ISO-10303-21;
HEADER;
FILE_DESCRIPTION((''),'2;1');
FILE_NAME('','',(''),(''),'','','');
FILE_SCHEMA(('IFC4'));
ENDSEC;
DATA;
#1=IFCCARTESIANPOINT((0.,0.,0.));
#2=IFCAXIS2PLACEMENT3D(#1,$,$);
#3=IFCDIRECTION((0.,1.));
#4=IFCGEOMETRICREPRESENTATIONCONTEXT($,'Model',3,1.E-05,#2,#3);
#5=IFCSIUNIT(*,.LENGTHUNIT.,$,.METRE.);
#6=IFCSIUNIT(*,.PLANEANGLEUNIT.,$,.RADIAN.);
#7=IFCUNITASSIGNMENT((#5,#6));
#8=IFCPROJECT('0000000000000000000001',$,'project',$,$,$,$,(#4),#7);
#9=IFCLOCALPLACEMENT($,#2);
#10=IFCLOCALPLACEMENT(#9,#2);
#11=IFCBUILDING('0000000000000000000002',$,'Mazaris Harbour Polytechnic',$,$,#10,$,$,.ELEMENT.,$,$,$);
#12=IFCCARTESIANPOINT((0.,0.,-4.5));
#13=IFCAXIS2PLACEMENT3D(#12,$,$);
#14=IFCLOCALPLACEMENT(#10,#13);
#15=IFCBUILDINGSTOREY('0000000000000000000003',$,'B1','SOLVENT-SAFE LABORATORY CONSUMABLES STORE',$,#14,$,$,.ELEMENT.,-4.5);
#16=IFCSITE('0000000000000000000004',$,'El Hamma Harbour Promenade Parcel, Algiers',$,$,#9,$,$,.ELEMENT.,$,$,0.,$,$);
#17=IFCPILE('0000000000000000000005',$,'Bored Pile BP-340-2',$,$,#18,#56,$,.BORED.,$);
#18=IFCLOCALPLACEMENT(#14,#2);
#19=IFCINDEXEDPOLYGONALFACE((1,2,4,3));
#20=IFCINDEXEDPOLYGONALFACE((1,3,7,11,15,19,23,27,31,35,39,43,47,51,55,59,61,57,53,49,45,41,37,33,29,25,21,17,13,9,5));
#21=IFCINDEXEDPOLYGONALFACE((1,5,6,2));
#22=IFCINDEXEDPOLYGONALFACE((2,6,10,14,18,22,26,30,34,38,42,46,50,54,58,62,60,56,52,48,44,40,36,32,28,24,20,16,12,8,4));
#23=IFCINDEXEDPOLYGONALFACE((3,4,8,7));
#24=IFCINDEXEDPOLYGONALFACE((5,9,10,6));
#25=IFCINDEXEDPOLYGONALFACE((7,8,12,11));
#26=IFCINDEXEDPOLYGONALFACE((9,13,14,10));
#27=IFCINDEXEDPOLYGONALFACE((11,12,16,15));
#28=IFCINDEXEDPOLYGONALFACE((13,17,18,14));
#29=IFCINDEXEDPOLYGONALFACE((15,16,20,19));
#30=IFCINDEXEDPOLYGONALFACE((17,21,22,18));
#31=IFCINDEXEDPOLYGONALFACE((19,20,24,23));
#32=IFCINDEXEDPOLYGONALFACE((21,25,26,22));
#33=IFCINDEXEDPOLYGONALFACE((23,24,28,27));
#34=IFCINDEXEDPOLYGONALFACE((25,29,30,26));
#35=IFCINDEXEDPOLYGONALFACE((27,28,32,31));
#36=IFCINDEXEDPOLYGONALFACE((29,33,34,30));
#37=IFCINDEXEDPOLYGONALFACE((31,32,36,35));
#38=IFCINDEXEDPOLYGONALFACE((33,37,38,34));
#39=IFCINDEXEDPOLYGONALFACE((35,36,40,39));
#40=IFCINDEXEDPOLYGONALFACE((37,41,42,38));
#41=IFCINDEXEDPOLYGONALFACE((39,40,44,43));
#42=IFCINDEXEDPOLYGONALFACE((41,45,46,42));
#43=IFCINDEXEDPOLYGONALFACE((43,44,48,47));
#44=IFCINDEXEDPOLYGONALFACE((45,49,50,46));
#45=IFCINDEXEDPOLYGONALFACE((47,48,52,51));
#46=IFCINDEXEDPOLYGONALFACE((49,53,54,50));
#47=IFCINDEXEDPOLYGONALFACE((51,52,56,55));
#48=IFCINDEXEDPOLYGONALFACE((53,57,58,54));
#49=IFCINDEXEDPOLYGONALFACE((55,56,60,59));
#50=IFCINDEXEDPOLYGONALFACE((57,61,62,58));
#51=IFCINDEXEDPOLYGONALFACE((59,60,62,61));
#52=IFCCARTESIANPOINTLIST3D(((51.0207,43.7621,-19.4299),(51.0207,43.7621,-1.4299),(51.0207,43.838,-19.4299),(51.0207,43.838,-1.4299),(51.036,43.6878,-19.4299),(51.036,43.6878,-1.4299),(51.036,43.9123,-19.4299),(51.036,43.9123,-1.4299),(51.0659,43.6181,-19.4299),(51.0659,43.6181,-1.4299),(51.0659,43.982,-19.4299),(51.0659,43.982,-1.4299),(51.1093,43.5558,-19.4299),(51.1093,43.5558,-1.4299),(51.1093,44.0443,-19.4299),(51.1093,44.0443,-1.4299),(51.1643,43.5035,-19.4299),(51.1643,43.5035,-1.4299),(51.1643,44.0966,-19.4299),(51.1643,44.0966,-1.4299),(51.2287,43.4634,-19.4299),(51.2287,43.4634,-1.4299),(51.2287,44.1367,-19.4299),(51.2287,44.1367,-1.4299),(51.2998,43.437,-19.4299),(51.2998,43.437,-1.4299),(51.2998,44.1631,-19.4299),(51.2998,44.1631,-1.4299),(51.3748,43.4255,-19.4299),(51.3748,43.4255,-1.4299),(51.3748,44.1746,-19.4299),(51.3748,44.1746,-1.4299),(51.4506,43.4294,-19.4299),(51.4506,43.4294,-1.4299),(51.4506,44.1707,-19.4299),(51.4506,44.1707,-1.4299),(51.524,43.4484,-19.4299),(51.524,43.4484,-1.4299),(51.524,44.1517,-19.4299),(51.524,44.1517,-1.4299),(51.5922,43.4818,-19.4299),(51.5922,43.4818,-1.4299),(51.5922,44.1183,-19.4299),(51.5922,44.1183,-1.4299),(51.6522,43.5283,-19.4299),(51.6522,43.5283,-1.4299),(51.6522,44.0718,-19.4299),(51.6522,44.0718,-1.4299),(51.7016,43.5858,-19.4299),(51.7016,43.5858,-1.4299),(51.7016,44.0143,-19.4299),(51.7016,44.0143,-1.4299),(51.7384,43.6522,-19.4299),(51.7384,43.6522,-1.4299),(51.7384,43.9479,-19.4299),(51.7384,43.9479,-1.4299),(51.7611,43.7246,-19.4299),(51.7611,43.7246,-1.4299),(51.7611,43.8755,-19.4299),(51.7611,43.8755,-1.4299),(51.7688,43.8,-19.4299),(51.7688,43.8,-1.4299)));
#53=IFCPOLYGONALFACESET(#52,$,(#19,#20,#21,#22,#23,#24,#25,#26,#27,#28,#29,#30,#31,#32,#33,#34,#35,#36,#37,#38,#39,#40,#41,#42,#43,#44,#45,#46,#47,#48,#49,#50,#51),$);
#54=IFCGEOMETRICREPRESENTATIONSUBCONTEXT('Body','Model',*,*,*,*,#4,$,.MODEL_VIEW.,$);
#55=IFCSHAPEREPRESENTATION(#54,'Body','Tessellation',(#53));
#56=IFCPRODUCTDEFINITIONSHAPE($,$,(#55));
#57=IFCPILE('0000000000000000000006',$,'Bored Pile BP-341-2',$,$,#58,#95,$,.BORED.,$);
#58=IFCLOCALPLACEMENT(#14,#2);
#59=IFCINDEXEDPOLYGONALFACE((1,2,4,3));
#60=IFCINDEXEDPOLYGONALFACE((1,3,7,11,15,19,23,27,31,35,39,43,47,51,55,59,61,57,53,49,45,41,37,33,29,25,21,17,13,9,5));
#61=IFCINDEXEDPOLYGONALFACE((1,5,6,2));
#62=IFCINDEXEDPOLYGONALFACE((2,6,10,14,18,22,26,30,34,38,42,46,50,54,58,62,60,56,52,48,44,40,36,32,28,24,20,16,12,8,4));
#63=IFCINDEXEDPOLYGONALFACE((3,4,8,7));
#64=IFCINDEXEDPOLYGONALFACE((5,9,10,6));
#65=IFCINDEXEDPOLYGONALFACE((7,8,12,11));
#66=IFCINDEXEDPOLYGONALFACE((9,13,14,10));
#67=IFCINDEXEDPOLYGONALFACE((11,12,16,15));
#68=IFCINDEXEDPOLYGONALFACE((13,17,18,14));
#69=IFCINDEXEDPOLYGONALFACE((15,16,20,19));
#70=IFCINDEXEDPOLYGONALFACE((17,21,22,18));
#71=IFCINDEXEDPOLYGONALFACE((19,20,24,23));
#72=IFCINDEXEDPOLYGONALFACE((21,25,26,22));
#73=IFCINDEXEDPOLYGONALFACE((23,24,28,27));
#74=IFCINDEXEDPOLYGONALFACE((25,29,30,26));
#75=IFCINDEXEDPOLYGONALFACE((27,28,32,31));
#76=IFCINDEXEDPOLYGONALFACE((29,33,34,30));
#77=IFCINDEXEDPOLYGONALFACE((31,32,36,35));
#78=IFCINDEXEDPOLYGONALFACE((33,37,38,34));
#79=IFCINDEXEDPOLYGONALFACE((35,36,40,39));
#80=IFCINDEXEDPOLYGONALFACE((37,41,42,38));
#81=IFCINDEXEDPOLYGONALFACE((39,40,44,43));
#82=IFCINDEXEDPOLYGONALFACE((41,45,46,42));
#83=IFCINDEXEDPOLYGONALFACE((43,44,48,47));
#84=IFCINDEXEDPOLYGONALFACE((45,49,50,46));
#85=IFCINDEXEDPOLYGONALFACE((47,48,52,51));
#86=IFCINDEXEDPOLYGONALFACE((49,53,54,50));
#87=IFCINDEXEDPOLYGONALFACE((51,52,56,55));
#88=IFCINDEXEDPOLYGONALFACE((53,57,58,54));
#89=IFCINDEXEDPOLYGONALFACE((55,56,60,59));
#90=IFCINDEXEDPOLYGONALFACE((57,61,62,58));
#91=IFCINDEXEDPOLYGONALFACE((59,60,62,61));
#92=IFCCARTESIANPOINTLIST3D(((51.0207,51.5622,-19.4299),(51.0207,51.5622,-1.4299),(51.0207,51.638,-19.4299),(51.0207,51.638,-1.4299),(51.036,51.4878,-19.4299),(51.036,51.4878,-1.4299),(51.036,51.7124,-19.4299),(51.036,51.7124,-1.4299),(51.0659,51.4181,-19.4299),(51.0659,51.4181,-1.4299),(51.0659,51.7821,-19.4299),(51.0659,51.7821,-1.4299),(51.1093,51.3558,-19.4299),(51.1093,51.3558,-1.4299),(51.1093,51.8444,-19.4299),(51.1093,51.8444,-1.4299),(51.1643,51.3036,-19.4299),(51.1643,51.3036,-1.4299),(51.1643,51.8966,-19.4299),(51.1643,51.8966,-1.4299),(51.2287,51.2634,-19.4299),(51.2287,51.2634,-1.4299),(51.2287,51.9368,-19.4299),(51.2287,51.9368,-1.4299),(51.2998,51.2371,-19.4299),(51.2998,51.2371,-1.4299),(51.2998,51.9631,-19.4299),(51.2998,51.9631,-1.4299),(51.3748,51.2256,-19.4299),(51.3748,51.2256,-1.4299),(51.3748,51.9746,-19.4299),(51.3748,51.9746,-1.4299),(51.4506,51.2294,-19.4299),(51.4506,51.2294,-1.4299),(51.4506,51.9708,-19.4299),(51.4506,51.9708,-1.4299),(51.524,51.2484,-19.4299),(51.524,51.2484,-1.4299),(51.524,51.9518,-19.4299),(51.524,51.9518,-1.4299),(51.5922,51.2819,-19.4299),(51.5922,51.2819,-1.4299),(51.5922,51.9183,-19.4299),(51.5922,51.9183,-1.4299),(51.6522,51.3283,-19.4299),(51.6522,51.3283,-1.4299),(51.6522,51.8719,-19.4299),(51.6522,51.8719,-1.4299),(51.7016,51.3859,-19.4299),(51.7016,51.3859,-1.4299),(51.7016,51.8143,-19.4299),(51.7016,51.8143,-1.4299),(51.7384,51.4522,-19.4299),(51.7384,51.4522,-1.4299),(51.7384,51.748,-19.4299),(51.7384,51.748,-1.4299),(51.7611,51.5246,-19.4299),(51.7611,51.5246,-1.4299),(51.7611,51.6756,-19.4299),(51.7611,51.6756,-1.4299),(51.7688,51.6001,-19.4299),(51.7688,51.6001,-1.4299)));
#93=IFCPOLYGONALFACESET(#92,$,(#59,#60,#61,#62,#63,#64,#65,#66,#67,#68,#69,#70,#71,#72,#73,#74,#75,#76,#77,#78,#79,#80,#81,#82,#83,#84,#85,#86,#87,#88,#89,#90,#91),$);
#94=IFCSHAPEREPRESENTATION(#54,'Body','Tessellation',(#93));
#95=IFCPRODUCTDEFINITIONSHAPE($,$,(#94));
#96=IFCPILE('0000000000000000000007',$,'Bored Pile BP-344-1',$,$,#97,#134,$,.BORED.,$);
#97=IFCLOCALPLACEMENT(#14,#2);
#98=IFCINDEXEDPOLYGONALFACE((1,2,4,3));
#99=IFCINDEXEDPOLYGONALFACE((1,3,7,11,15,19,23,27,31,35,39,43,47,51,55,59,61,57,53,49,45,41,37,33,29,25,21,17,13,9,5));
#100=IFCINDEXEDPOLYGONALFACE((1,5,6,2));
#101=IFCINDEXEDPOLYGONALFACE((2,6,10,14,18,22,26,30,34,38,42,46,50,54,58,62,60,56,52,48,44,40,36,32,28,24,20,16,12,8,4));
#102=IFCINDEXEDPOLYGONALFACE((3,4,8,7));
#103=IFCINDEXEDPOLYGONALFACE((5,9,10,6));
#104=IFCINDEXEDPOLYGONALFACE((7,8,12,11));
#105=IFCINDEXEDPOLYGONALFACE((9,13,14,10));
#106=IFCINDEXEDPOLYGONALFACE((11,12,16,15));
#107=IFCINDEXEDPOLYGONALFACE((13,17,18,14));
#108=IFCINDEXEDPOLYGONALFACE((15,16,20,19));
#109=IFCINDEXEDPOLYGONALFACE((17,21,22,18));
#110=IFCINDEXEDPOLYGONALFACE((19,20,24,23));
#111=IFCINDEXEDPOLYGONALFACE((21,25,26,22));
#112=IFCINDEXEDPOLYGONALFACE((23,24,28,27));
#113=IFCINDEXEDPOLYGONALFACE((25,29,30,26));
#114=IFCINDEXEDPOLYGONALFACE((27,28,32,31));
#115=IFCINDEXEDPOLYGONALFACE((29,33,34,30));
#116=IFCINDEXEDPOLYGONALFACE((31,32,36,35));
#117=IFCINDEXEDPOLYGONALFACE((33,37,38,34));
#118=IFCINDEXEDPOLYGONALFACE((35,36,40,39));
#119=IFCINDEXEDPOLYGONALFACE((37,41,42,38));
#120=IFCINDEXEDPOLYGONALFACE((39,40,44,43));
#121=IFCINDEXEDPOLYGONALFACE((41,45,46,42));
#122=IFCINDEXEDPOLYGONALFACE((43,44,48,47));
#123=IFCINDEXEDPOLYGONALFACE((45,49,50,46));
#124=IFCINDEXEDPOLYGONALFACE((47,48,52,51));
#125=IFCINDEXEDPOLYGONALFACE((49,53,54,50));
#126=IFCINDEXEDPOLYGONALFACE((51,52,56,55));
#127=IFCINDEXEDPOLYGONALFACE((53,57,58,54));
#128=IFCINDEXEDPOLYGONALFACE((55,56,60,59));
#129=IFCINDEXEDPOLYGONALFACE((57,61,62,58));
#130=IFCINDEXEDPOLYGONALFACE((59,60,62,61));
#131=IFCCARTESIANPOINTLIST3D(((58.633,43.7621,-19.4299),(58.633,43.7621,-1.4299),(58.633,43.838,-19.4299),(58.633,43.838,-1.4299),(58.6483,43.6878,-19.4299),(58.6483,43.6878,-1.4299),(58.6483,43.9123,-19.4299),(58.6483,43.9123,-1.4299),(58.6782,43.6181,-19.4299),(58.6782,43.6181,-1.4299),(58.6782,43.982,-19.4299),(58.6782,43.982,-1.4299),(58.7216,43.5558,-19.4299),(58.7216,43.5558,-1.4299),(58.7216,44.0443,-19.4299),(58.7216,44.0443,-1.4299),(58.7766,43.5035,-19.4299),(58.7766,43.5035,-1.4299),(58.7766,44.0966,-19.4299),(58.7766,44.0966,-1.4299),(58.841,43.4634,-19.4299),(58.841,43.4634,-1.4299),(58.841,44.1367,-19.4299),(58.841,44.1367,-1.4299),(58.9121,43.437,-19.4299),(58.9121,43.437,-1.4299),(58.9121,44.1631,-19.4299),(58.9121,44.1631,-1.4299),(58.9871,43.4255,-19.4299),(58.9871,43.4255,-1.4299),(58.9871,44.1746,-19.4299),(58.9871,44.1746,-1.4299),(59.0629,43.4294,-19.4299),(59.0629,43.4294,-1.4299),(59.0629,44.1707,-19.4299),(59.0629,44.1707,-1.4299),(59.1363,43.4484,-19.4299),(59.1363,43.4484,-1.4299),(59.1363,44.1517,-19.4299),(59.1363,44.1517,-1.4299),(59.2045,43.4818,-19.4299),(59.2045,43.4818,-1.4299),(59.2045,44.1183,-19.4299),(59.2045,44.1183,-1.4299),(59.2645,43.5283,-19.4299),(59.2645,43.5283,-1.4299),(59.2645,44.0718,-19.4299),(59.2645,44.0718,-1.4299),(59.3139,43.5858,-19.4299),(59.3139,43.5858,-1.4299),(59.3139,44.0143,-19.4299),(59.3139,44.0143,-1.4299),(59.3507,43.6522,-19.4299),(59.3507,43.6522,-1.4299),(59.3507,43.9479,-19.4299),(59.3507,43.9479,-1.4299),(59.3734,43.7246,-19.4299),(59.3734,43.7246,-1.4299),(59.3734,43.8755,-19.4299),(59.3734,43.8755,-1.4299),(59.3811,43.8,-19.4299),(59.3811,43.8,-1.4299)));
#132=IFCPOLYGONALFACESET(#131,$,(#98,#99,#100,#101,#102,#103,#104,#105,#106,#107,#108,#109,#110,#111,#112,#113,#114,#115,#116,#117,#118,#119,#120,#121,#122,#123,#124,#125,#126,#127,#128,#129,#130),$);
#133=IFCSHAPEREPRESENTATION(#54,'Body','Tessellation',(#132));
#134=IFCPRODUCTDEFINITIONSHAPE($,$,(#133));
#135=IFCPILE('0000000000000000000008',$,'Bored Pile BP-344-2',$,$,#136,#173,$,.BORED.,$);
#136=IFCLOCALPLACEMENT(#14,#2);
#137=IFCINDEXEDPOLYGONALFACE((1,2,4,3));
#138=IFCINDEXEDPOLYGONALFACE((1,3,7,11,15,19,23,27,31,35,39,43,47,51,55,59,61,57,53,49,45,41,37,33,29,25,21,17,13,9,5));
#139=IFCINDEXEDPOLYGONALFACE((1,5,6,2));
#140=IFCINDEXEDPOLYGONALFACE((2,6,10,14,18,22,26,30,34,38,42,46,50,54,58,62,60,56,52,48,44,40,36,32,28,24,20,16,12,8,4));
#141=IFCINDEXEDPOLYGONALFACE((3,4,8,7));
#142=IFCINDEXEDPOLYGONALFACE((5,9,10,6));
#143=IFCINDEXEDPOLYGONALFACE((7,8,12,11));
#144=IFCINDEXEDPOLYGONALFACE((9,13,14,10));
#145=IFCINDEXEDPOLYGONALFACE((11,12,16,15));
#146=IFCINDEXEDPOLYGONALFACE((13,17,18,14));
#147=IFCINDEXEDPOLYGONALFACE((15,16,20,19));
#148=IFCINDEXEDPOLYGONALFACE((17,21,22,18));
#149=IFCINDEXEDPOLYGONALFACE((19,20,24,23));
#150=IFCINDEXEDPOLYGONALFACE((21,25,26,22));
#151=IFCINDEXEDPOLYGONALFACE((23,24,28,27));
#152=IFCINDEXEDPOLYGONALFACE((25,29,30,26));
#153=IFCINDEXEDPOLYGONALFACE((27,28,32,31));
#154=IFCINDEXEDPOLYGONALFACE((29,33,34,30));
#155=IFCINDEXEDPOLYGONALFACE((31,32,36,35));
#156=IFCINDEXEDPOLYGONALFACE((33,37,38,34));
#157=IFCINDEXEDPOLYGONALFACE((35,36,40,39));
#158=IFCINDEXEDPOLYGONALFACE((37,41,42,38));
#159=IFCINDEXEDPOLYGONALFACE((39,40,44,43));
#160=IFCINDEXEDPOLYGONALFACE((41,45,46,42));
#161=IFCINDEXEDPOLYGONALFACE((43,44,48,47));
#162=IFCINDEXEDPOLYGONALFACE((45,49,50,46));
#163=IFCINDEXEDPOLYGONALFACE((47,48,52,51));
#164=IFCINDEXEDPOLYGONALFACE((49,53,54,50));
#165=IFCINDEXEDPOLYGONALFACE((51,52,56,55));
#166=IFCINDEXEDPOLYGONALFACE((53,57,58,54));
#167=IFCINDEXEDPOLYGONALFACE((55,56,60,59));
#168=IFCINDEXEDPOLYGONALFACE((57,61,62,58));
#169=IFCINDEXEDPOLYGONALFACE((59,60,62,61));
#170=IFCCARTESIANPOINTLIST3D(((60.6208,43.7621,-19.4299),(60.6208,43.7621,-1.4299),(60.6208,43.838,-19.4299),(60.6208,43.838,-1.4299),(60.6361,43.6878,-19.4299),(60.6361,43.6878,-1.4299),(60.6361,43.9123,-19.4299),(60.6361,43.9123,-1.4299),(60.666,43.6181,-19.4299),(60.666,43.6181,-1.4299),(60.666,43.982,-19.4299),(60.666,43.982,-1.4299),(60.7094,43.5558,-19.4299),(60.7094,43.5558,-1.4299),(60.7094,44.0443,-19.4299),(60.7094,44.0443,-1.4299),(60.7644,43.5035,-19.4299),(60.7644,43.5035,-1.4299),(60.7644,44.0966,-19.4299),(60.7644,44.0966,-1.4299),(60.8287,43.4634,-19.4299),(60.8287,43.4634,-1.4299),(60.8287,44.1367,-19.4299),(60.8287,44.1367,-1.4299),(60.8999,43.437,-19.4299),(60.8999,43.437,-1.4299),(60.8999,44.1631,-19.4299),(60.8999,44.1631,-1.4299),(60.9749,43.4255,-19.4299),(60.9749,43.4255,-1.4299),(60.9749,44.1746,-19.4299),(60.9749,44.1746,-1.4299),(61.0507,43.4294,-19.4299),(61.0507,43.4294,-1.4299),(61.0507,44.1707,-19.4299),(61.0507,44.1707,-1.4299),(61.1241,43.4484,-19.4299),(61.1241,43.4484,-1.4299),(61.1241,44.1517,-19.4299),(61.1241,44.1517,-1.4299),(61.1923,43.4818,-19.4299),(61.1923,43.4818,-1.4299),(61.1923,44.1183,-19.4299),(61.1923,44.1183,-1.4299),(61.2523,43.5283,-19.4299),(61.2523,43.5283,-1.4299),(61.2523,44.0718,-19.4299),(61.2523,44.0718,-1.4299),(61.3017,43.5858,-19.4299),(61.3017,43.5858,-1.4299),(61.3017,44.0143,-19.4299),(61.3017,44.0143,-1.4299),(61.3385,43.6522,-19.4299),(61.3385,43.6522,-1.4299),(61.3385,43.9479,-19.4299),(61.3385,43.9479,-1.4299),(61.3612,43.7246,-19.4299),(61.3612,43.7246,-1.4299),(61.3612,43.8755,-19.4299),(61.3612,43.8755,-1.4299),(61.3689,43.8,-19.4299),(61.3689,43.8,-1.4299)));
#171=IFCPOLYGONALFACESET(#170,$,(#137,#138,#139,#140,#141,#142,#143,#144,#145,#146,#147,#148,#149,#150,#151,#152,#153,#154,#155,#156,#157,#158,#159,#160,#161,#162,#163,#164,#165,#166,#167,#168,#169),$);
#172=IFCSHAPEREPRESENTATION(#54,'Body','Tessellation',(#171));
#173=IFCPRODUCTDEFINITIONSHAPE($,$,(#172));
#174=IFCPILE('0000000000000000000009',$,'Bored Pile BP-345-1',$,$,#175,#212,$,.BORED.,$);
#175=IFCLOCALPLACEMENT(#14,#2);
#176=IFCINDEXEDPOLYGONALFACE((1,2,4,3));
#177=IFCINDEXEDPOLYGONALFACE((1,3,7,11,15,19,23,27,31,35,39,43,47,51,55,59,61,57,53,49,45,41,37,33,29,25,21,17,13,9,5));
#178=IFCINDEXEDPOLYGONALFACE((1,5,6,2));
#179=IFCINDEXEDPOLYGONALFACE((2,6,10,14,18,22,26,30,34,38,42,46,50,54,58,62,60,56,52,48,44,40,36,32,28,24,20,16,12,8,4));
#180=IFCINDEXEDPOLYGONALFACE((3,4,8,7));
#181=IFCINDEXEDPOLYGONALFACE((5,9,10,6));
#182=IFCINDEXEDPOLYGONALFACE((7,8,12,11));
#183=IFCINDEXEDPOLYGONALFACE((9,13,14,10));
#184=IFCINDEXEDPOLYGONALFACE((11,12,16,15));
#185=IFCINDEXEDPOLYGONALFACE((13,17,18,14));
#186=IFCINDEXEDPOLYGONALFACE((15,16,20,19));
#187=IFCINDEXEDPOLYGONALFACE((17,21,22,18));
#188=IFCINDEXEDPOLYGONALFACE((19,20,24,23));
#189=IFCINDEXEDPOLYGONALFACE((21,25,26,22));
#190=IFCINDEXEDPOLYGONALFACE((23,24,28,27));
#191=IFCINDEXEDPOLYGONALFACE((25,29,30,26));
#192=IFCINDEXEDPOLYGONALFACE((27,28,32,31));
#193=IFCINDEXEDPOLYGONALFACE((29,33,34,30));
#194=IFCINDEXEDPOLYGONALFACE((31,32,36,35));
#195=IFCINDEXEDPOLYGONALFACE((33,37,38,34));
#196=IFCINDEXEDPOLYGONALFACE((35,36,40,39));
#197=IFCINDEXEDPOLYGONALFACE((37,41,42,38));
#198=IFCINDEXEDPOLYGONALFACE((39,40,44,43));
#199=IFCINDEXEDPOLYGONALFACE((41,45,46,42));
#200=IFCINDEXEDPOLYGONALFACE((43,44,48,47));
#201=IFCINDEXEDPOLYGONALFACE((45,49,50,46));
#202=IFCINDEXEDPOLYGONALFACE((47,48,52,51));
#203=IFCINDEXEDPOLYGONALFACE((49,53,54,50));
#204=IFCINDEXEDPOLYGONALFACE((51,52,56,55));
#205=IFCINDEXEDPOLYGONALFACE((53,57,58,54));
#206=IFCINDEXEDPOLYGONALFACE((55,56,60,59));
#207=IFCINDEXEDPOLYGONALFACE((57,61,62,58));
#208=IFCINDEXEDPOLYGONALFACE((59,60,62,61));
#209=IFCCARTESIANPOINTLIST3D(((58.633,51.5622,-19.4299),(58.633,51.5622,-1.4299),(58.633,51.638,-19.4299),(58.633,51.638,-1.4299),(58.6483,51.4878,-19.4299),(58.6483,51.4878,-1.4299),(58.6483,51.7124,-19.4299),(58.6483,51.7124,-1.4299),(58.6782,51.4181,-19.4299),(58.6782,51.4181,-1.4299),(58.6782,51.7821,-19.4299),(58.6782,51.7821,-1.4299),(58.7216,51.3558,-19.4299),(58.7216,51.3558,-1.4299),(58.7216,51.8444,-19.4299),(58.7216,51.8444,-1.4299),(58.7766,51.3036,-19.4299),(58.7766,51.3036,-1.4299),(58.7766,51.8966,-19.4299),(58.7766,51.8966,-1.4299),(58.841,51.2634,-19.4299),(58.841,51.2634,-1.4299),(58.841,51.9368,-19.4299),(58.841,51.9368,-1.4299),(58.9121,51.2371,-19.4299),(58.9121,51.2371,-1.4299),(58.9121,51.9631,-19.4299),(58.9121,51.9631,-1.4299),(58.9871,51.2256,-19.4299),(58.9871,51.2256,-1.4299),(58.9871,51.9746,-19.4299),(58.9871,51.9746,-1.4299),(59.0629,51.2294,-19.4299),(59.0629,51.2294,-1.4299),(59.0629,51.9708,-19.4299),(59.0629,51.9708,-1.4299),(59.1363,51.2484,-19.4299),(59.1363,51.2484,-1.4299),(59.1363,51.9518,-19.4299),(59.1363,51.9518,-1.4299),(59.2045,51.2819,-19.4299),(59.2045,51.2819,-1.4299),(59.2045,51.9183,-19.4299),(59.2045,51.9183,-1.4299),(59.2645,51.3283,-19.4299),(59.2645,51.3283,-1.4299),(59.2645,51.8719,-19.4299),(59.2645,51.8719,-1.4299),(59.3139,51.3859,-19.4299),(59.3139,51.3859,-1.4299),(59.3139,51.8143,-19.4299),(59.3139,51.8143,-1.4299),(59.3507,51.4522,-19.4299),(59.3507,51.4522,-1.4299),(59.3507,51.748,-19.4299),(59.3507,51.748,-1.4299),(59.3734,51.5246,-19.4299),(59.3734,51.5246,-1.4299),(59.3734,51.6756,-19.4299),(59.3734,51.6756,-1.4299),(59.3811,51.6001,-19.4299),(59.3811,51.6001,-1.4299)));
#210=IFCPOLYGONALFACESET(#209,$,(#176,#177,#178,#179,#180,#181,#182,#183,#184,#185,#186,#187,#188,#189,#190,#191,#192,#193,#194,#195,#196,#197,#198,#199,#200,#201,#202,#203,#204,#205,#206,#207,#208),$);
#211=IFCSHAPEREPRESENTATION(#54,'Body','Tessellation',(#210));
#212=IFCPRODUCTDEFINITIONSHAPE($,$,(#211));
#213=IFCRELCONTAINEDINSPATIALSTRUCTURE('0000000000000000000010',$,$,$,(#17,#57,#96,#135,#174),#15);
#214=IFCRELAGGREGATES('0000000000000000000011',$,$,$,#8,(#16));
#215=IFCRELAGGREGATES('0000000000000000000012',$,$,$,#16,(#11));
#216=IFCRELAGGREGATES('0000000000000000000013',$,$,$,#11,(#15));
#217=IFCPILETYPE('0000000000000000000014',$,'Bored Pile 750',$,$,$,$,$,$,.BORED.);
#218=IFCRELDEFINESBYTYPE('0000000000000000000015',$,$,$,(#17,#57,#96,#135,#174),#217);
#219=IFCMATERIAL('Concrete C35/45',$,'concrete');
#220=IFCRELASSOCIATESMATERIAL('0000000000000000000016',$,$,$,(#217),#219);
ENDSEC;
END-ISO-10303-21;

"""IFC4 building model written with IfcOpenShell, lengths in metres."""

from ifc_helpers import new_model, si_unit, direction, frame, origin, origin_2d, place, context, subcontext, project, spatial, circle, extrude, material, material_profile, profile_set, type_object, element, save


model = new_model("IFC4")

# Units and contexts
model_context = context("Model", 3, precision=1e-05, world=origin(), true_north=direction((0.0, 1.0)))
body_context = subcontext(model_context, "Body", "Model", "MODEL_VIEW")
ifc_project = project(units=[si_unit("LENGTHUNIT", "METRE"), si_unit("PLANEANGLEUNIT", "RADIAN")], contexts=[model_context])

# Site, building, storey
site_placement = place(None, origin())
site = spatial("IfcSite", under=ifc_project, at=site_placement, Name="El Hamma Harbour Promenade Parcel, Algiers", CompositionType="ELEMENT", RefElevation=0.0)
building_placement = place(site_placement, origin())
building = spatial("IfcBuilding", under=site, at=building_placement, Name="Mazaris Harbour Polytechnic", CompositionType="ELEMENT")
storey_placement = place(building_placement, frame((0.0, 0.0, -4.5)))
storey = spatial("IfcBuildingStorey", under=building, at=storey_placement, Name="B1", Description="SOLVENT-SAFE LABORATORY CONSUMABLES STORE", CompositionType="ELEMENT", Elevation=-4.5)

# Piles
ifc_material_1 = material(Name="Concrete C35/45", Category="concrete")
ifc_material_profile_1 = material_profile(ifc_material_1, circle(Radius=0.375, at=origin_2d()), Name="DIA750")
ifc_profile_set_1 = profile_set([ifc_material_profile_1], Name="Concrete C35/45")
pile_type_1 = type_object("IfcPileType", Name="Bored Pile 750", PredefinedType="BORED", material=ifc_profile_set_1)
for number, where, z_axis, x_axis, name in (
    (1, (51.3938, 43.8, -1.4299), (0.0, 0.0, -1.0), (1.0, 0.0, 0.0), "Bored Pile BP-340-2"),
    (2, (51.3938, 51.6001, -1.4299), (0.0, 0.0, -1.0), (1.0, 0.0, 0.0), "Bored Pile BP-341-2"),
    (3, (59.0061, 43.8, -1.4299), (0.0, 0.0, -1.0), (1.0, 0.0, 0.0), "Bored Pile BP-344-1"),
    (4, (60.9939, 43.8, -1.4299), (0.0, 0.0, -1.0), (1.0, 0.0, 0.0), "Bored Pile BP-344-2"),
    (5, (59.0061, 51.6001, -1.4299), (0.0, 0.0, -1.0), (1.0, 0.0, 0.0), "Bored Pile BP-345-1"),
):
    element("IfcPile", number, at=place(storey_placement, frame(where, z_axis=z_axis, x_axis=x_axis)), inside=storey, type_object=pile_type_1, Name=name, PredefinedType="BORED", context=body_context, shape_type="SweptSolid", body=[
        extrude(circle(Radius=0.375, at=origin_2d()), origin(), (0.0, 0.0, 1.0), 18.0),
    ])

save(model, "model.ifc")
